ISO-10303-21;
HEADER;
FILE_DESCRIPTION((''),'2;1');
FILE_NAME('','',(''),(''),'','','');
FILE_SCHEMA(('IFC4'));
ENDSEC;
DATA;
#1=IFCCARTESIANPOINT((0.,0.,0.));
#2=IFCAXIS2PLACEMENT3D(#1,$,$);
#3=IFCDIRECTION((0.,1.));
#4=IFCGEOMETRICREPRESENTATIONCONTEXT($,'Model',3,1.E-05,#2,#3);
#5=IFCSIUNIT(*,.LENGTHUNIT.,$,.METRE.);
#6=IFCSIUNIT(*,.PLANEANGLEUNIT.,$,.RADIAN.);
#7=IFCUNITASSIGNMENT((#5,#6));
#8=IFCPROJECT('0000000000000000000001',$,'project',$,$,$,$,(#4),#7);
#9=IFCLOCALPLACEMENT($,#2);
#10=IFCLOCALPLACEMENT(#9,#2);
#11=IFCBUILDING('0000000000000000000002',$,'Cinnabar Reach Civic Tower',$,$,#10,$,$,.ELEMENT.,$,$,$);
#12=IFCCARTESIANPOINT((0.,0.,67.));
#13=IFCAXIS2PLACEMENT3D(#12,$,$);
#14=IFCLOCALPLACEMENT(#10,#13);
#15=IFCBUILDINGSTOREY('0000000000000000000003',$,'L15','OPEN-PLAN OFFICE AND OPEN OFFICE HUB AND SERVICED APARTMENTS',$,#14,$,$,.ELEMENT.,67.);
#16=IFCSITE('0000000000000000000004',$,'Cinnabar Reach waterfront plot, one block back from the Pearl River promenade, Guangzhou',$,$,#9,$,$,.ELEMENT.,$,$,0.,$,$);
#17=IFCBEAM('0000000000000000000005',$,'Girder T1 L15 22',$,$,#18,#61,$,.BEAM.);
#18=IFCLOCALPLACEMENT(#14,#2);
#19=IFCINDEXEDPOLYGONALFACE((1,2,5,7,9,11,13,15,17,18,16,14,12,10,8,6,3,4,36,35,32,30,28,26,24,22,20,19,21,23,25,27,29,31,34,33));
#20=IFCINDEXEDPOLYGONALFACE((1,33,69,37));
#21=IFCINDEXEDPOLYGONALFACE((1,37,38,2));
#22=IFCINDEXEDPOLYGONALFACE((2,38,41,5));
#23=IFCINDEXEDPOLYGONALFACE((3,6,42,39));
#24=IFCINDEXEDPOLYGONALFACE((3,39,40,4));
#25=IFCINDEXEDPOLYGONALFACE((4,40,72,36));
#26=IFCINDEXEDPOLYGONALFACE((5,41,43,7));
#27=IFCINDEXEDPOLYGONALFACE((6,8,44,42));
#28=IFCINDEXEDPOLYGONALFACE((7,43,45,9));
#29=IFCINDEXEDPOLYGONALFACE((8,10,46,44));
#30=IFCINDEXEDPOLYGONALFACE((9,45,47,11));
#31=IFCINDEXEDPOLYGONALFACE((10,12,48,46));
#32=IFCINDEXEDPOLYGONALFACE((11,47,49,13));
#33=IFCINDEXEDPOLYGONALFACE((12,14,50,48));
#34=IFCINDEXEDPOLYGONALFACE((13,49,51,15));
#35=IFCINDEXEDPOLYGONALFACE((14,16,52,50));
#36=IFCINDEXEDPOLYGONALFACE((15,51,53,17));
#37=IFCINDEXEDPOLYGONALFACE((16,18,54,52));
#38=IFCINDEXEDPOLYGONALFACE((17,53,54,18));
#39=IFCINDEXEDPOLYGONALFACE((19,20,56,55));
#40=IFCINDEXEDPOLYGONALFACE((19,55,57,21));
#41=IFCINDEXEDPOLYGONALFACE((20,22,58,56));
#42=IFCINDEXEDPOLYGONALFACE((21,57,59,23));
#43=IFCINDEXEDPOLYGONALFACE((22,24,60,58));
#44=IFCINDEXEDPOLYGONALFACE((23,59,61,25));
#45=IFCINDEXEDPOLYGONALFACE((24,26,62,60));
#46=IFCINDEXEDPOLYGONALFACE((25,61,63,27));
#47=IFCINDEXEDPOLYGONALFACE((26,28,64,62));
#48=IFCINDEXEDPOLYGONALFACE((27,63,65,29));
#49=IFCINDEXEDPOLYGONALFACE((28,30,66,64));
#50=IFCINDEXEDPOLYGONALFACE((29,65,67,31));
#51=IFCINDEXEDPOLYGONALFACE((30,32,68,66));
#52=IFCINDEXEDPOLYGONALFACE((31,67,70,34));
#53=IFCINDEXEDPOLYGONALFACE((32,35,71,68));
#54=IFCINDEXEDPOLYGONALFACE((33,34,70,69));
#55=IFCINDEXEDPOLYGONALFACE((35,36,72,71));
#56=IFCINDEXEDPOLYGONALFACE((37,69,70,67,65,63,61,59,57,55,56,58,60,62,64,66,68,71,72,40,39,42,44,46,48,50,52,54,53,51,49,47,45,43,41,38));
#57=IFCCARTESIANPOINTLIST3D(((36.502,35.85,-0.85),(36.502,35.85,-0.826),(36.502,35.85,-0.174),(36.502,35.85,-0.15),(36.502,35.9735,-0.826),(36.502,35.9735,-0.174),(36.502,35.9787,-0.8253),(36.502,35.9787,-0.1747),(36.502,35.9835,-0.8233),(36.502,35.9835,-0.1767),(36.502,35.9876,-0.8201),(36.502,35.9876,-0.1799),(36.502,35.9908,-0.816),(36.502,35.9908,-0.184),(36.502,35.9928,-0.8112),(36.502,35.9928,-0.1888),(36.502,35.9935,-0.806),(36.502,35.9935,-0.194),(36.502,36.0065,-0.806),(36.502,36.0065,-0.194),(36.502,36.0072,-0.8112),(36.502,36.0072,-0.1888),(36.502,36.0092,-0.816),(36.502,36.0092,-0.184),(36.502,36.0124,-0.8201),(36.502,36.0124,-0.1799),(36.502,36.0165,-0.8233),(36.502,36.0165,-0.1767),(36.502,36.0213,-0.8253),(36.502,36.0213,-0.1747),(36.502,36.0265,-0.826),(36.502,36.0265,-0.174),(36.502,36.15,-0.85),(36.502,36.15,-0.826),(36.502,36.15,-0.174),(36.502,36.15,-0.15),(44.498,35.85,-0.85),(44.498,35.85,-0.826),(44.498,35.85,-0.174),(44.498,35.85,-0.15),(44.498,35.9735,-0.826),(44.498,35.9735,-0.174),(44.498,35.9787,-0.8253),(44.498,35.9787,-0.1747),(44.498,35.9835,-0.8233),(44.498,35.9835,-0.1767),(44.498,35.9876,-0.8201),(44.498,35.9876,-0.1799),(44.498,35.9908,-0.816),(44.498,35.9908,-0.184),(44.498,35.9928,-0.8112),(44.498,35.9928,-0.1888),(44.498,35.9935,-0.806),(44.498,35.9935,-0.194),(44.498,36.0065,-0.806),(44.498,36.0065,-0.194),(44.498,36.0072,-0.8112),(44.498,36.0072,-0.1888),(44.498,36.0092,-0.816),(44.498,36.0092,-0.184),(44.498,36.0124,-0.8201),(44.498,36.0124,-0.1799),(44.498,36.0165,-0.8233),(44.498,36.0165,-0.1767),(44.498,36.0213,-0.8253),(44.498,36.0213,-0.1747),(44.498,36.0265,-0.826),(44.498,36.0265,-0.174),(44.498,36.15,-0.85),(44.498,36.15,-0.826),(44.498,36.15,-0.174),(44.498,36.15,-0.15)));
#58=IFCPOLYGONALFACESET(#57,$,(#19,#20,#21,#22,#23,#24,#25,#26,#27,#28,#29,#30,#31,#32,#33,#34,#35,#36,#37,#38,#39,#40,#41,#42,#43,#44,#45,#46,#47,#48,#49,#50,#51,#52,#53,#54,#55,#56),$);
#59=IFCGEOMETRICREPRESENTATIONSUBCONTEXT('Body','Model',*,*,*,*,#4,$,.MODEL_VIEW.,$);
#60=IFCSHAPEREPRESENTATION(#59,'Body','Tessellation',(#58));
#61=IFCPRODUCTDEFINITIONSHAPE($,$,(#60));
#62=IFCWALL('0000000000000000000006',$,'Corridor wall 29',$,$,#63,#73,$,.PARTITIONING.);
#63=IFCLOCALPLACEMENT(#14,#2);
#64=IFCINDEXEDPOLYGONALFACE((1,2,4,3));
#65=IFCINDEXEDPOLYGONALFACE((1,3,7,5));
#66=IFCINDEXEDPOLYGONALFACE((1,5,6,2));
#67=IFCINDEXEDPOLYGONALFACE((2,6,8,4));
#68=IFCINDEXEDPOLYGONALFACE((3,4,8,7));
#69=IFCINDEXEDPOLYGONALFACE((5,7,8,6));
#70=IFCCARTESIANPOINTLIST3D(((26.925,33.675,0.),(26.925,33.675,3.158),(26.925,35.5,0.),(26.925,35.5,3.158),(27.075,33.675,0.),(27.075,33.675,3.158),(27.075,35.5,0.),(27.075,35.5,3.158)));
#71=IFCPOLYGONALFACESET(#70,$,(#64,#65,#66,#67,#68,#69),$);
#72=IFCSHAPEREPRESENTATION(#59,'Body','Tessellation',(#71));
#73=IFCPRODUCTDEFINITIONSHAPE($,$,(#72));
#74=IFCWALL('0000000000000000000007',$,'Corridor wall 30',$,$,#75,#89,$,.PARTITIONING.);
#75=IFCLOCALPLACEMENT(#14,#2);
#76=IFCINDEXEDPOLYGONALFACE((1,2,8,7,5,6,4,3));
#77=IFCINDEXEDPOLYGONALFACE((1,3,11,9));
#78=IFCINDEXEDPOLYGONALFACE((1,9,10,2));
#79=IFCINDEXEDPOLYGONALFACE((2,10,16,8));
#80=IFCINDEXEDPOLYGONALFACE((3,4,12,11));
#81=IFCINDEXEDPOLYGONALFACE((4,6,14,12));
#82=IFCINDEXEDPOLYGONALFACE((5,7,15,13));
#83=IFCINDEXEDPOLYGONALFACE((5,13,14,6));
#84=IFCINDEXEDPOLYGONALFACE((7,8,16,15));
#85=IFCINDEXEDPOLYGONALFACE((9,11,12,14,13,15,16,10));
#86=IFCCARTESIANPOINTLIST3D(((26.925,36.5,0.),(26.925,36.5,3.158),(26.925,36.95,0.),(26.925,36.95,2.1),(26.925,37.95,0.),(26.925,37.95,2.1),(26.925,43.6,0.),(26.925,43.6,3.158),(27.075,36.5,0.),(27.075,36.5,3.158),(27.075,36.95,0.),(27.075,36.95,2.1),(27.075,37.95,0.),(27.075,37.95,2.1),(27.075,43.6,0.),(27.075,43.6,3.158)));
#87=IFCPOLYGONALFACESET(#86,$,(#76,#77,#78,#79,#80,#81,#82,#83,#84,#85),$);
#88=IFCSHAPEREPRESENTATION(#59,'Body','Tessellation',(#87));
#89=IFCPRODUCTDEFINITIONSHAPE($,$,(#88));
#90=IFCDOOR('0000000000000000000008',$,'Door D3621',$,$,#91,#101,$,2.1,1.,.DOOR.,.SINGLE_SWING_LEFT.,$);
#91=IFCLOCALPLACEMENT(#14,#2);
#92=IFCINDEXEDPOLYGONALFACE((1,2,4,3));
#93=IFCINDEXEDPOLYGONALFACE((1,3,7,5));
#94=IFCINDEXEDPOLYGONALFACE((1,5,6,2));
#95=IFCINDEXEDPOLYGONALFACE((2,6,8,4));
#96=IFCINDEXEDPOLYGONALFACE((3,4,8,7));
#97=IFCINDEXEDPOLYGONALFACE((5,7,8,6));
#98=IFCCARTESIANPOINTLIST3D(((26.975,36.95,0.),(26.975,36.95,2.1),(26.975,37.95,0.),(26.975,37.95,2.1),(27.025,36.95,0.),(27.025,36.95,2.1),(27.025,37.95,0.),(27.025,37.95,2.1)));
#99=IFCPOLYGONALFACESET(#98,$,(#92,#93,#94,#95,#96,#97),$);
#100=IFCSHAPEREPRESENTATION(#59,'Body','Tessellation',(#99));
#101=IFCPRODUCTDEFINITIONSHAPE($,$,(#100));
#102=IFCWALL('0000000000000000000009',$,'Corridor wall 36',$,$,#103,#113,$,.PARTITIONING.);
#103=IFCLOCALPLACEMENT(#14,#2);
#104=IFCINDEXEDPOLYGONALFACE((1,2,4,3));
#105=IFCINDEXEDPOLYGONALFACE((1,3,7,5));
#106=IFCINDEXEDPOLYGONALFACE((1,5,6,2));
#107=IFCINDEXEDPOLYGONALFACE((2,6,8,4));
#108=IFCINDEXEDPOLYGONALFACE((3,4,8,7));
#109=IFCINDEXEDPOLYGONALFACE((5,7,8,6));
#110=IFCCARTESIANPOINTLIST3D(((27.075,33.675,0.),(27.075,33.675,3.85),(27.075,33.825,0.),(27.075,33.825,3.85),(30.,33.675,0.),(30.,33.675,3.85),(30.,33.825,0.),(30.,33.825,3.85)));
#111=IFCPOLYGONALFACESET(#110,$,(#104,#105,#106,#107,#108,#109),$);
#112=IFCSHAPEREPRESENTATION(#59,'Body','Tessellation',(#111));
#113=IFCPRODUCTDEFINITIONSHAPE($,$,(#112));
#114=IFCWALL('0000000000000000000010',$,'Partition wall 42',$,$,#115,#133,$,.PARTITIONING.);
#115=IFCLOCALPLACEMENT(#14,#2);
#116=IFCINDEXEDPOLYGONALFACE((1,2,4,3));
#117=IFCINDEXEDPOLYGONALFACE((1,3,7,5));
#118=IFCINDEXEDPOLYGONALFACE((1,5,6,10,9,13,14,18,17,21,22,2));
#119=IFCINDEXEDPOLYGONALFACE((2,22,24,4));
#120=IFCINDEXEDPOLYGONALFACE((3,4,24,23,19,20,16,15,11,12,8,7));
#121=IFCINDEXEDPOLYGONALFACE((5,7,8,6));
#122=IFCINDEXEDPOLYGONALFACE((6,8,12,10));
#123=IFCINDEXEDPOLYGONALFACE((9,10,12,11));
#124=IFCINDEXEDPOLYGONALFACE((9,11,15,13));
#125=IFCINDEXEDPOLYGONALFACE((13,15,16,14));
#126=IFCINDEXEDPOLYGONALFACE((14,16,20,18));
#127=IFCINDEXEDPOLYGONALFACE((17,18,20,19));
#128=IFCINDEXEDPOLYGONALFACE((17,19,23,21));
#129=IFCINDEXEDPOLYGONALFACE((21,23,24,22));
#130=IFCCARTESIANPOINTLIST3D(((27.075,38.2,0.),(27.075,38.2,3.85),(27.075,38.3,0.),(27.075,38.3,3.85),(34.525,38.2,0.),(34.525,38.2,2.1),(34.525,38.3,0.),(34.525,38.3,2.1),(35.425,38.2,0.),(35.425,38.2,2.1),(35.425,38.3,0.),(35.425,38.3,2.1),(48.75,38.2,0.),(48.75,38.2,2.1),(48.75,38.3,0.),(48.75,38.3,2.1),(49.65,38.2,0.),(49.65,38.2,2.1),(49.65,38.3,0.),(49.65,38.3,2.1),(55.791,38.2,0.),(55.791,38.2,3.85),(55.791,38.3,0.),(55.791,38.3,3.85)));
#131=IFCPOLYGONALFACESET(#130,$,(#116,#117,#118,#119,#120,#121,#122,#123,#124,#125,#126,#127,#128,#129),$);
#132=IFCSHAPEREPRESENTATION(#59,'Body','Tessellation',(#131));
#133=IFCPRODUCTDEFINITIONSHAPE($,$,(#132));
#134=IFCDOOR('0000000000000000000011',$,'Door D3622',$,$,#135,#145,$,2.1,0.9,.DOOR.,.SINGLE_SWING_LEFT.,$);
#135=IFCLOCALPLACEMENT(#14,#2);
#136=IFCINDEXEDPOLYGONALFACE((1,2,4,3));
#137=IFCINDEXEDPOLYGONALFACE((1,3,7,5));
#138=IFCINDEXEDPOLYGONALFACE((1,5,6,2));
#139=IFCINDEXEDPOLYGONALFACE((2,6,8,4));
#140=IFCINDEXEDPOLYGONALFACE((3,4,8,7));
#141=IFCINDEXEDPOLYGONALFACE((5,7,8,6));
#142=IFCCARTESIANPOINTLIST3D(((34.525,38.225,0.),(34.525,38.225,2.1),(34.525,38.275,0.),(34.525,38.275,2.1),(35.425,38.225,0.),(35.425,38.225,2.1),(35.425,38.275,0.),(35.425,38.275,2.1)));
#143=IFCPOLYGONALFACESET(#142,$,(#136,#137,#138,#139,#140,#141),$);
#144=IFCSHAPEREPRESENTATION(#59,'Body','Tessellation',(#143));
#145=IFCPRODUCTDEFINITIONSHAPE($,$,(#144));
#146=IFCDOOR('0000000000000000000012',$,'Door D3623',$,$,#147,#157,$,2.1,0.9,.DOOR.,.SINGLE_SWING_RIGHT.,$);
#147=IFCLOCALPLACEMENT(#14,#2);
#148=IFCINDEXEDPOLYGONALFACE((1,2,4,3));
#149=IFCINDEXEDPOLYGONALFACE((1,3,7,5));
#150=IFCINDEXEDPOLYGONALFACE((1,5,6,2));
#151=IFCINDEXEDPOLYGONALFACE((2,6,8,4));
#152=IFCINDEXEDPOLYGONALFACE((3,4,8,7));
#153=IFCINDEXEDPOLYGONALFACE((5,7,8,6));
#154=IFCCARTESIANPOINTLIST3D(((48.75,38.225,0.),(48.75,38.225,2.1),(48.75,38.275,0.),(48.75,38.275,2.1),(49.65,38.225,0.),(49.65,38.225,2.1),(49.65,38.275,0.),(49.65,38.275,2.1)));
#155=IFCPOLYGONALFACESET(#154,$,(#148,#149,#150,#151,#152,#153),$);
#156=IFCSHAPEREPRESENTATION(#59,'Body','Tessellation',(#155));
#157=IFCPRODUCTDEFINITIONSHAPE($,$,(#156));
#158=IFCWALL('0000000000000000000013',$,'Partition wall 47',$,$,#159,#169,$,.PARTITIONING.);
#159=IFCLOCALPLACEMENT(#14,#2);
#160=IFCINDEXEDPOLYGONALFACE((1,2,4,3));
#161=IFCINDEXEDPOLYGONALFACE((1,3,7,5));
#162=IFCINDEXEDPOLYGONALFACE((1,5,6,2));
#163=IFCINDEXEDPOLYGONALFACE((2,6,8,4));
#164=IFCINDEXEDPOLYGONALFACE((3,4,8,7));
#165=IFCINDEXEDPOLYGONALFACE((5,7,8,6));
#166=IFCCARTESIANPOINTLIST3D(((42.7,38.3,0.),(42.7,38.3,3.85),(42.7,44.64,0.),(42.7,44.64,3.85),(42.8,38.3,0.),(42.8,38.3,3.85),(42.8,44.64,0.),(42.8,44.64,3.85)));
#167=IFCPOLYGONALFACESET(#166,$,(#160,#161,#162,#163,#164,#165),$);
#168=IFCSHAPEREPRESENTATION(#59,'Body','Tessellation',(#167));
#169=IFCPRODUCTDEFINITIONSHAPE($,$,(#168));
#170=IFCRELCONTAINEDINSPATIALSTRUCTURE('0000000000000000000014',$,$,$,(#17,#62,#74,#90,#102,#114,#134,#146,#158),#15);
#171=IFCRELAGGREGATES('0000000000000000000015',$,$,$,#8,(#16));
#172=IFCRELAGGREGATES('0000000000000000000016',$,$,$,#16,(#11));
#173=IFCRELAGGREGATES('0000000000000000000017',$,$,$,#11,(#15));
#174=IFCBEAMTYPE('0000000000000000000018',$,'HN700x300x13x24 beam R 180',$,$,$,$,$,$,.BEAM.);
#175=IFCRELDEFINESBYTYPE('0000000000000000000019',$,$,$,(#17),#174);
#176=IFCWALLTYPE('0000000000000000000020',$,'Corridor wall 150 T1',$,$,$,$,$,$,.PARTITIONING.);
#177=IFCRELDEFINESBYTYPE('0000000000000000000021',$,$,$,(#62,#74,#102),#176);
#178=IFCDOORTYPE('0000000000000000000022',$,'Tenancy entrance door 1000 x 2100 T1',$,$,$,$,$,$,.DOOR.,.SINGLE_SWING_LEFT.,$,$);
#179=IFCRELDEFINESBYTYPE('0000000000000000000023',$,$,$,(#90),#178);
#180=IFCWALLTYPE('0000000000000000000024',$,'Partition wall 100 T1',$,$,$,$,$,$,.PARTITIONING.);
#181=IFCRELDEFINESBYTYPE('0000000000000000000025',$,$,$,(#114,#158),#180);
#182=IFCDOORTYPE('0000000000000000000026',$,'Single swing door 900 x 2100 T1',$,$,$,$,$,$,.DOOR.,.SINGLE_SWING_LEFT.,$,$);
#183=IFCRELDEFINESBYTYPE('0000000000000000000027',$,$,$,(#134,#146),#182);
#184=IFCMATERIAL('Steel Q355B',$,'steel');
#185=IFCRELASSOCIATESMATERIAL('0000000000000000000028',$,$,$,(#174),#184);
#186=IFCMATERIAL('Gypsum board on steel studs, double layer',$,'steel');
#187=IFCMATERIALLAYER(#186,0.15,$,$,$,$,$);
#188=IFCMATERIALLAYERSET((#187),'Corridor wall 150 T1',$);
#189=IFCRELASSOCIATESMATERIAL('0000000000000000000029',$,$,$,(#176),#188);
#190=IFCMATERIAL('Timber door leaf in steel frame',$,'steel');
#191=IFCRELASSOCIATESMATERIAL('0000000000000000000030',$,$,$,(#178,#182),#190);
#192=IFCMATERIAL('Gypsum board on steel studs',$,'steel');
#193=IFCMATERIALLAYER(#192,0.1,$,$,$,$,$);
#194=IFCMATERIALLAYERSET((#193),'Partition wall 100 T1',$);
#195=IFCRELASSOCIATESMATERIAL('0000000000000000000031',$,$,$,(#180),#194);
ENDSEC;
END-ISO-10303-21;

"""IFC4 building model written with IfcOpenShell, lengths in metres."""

from ifc_helpers import new_model, si_unit, direction, frame, frame_2d, origin, origin_2d, place, context, subcontext, project, spatial, rectangle, i_section, extrude, material, layer, layer_set, material_profile, profile_set, type_object, element, fill, save


model = new_model("IFC4")

# Units and contexts
model_context = context("Model", 3, precision=1e-05, world=origin(), true_north=direction((0.0, 1.0)))
body_context = subcontext(model_context, "Body", "Model", "MODEL_VIEW")
ifc_project = project(units=[si_unit("LENGTHUNIT", "METRE"), si_unit("PLANEANGLEUNIT", "RADIAN")], contexts=[model_context])

# Site, building, storey
site_placement = place(None, origin())
site = spatial("IfcSite", under=ifc_project, at=site_placement, Name="Cinnabar Reach waterfront plot, one block back from the Pearl River promenade, Guangzhou", CompositionType="ELEMENT", RefElevation=0.0)
building_placement = place(site_placement, origin())
building = spatial("IfcBuilding", under=site, at=building_placement, Name="Cinnabar Reach Civic Tower", CompositionType="ELEMENT")
storey_placement = place(building_placement, frame((0.0, 0.0, 67.0)))
storey = spatial("IfcBuildingStorey", under=building, at=storey_placement, Name="L15", Description="OPEN-PLAN OFFICE AND OPEN OFFICE HUB AND SERVICED APARTMENTS", CompositionType="ELEMENT", Elevation=67.0)

# Beam
ifc_material_1 = material(Name="Steel Q355B", Category="steel")
ifc_material_profile_1 = material_profile(ifc_material_1, i_section(OverallWidth=0.3, OverallDepth=0.7, WebThickness=0.013, FlangeThickness=0.024, FilletRadius=0.02, at=origin_2d()), Name="HN700x300x13x24")
ifc_profile_set_1 = profile_set([ifc_material_profile_1], Name="Steel Q355B")
beam_type_1 = type_object("IfcBeamType", Name="HN700x300x13x24 beam R 180", PredefinedType="BEAM", material=ifc_profile_set_1)
for number, where, z_axis, x_axis, name in (
    (1, (36.502, 36.0, -0.5), (1.0, 0.0, 0.0), (0.0, 1.0, 0.0), "Girder T1 L15 22"),
):
    element("IfcBeam", number, at=place(storey_placement, frame(where, z_axis=z_axis, x_axis=x_axis)), inside=storey, type_object=beam_type_1, Name=name, PredefinedType="BEAM", context=body_context, shape_type="SweptSolid", body=[
        extrude(i_section(OverallWidth=0.3, OverallDepth=0.7, WebThickness=0.013, FlangeThickness=0.024, FilletRadius=0.02, at=origin_2d()), origin(), (0.0, 0.0, 1.0), 7.996),
    ])

# Wall
ifc_material_2 = material(Name="Gypsum board on steel studs, double layer", Category="steel")
ifc_layer_1 = layer(ifc_material_2, 0.15)
ifc_layer_set_1 = layer_set([ifc_layer_1], Name="Corridor wall 150 T1")
wall_type_1 = type_object("IfcWallType", Name="Corridor wall 150 T1", PredefinedType="PARTITIONING", material=ifc_layer_set_1)
wall_1_placement = place(storey_placement, frame((27.0, 33.675, 0.0), z_axis=(0.0, 0.0, 1.0), x_axis=(0.0, 1.0, 0.0)))
element("IfcWall", 2, at=wall_1_placement, inside=storey, type_object=wall_type_1, Name="Corridor wall 29", PredefinedType="PARTITIONING", context=body_context, shape_type="SweptSolid", body=[
    extrude(rectangle(XDim=1.825, YDim=0.15, at=frame_2d((0.9125, 0.0))), origin(), (0.0, 0.0, 1.0), 3.158),
])

# Wall, opening, door
wall_2_placement = place(storey_placement, frame((27.0, 36.5, 0.0), z_axis=(0.0, 0.0, 1.0), x_axis=(0.0, 1.0, 0.0)))
wall_2 = element("IfcWall", 3, at=wall_2_placement, inside=storey, type_object=wall_type_1, Name="Corridor wall 30", PredefinedType="PARTITIONING", context=body_context, shape_type="SweptSolid", body=[
    extrude(rectangle(XDim=7.1, YDim=0.15, at=frame_2d((3.55, 0.0))), origin(), (0.0, 0.0, 1.0), 3.158),
])
opening_1_placement = place(wall_2_placement, frame((0.45, 0.0, 0.0)))
opening_1 = element("IfcOpeningElement", 4, at=opening_1_placement, cuts=wall_2, PredefinedType="OPENING", context=body_context, shape_type="SweptSolid", body=[
    extrude(rectangle(XDim=1.0, YDim=2.1, at=frame_2d((0.5, 1.05))), frame((0.0, 0.085, 0.0), z_axis=(0.0, -1.0, 0.0), x_axis=(1.0, 0.0, 0.0)), (0.0, 0.0, 1.0), 0.17),
])
ifc_material_3 = material(Name="Timber door leaf in steel frame", Category="steel")
door_type_1 = type_object("IfcDoorType", Name="Tenancy entrance door 1000 x 2100 T1", OperationType="SINGLE_SWING_LEFT", PredefinedType="DOOR", material=ifc_material_3)
door_1_placement = place(opening_1_placement, frame((1.0, 0.0, 0.0), z_axis=(0.0, 0.0, 1.0), x_axis=(-1.0, 0.0, 0.0)))
door_1 = element("IfcDoor", 5, at=door_1_placement, inside=storey, type_object=door_type_1, Name="Door D3621", OperationType="SINGLE_SWING_LEFT", OverallHeight=2.1, OverallWidth=1.0, PredefinedType="DOOR", context=body_context, shape_type="SweptSolid", body=[
    extrude(rectangle(XDim=1.0, YDim=2.1, at=frame_2d((0.5, 1.05))), frame((0.0, 0.025, 0.0), z_axis=(0.0, -1.0, 0.0), x_axis=(1.0, 0.0, 0.0)), (0.0, 0.0, 1.0), 0.05),
])
fill(opening_1, door_1)

# Wall
wall_3_placement = place(storey_placement, frame((27.075, 33.75, 0.0), z_axis=(0.0, 0.0, 1.0), x_axis=(1.0, 0.0, 0.0)))
element("IfcWall", 6, at=wall_3_placement, inside=storey, type_object=wall_type_1, Name="Corridor wall 36", PredefinedType="PARTITIONING", context=body_context, shape_type="SweptSolid", body=[
    extrude(rectangle(XDim=2.925, YDim=0.15, at=frame_2d((1.4625, 0.0))), origin(), (0.0, 0.0, 1.0), 3.85),
])

# Wall, openings, doors
ifc_material_4 = material(Name="Gypsum board on steel studs", Category="steel")
ifc_layer_2 = layer(ifc_material_4, 0.1)
ifc_layer_set_2 = layer_set([ifc_layer_2], Name="Partition wall 100 T1")
wall_type_2 = type_object("IfcWallType", Name="Partition wall 100 T1", PredefinedType="PARTITIONING", material=ifc_layer_set_2)
wall_4_placement = place(storey_placement, frame((27.075, 38.25, 0.0), z_axis=(0.0, 0.0, 1.0), x_axis=(1.0, 0.0, 0.0)))
wall_4 = element("IfcWall", 7, at=wall_4_placement, inside=storey, type_object=wall_type_2, Name="Partition wall 42", PredefinedType="PARTITIONING", context=body_context, shape_type="SweptSolid", body=[
    extrude(rectangle(XDim=28.7159, YDim=0.1, at=frame_2d((14.358, 0.0))), origin(), (0.0, 0.0, 1.0), 3.85),
])
opening_2_placement = place(wall_4_placement, frame((7.45, 0.0, 0.0)))
opening_2 = element("IfcOpeningElement", 8, at=opening_2_placement, cuts=wall_4, PredefinedType="OPENING", context=body_context, shape_type="SweptSolid", body=[
    extrude(rectangle(XDim=0.9, YDim=2.1, at=frame_2d((0.45, 1.05))), frame((0.0, 0.06, 0.0), z_axis=(0.0, -1.0, 0.0), x_axis=(1.0, 0.0, 0.0)), (0.0, 0.0, 1.0), 0.12),
])
opening_3_placement = place(wall_4_placement, frame((21.675, 0.0, 0.0)))
opening_3 = element("IfcOpeningElement", 9, at=opening_3_placement, cuts=wall_4, PredefinedType="OPENING", context=body_context, shape_type="SweptSolid", body=[
    extrude(rectangle(XDim=0.9, YDim=2.1, at=frame_2d((0.45, 1.05))), frame((0.0, 0.06, 0.0), z_axis=(0.0, -1.0, 0.0), x_axis=(1.0, 0.0, 0.0)), (0.0, 0.0, 1.0), 0.12),
])
door_type_2 = type_object("IfcDoorType", Name="Single swing door 900 x 2100 T1", OperationType="SINGLE_SWING_LEFT", PredefinedType="DOOR", material=ifc_material_3)
door_2_placement = place(opening_2_placement, origin())
door_2 = element("IfcDoor", 10, at=door_2_placement, inside=storey, type_object=door_type_2, Name="Door D3622", OperationType="SINGLE_SWING_LEFT", OverallHeight=2.1, OverallWidth=0.9, PredefinedType="DOOR", context=body_context, shape_type="SweptSolid", body=[
    extrude(rectangle(XDim=0.9, YDim=2.1, at=frame_2d((0.45, 1.05))), frame((0.0, 0.025, 0.0), z_axis=(0.0, -1.0, 0.0), x_axis=(1.0, 0.0, 0.0)), (0.0, 0.0, 1.0), 0.05),
])
fill(opening_2, door_2)
door_3_placement = place(opening_3_placement, origin())
door_3 = element("IfcDoor", 11, at=door_3_placement, inside=storey, type_object=door_type_2, Name="Door D3623", OperationType="SINGLE_SWING_RIGHT", OverallHeight=2.1, OverallWidth=0.9, PredefinedType="DOOR", context=body_context, shape_type="SweptSolid", body=[
    extrude(rectangle(XDim=0.9, YDim=2.1, at=frame_2d((0.45, 1.05))), frame((0.0, 0.025, 0.0), z_axis=(0.0, -1.0, 0.0), x_axis=(1.0, 0.0, 0.0)), (0.0, 0.0, 1.0), 0.05),
])
fill(opening_3, door_3)

# Wall
wall_5_placement = place(storey_placement, frame((42.75, 38.3, 0.0), z_axis=(0.0, 0.0, 1.0), x_axis=(0.0, 1.0, 0.0)))
element("IfcWall", 12, at=wall_5_placement, inside=storey, type_object=wall_type_2, Name="Partition wall 47", PredefinedType="PARTITIONING", context=body_context, shape_type="SweptSolid", body=[
    extrude(rectangle(XDim=6.34, YDim=0.1, at=frame_2d((3.17, 0.0))), origin(), (0.0, 0.0, 1.0), 3.85),
])

save(model, "model.ifc")
